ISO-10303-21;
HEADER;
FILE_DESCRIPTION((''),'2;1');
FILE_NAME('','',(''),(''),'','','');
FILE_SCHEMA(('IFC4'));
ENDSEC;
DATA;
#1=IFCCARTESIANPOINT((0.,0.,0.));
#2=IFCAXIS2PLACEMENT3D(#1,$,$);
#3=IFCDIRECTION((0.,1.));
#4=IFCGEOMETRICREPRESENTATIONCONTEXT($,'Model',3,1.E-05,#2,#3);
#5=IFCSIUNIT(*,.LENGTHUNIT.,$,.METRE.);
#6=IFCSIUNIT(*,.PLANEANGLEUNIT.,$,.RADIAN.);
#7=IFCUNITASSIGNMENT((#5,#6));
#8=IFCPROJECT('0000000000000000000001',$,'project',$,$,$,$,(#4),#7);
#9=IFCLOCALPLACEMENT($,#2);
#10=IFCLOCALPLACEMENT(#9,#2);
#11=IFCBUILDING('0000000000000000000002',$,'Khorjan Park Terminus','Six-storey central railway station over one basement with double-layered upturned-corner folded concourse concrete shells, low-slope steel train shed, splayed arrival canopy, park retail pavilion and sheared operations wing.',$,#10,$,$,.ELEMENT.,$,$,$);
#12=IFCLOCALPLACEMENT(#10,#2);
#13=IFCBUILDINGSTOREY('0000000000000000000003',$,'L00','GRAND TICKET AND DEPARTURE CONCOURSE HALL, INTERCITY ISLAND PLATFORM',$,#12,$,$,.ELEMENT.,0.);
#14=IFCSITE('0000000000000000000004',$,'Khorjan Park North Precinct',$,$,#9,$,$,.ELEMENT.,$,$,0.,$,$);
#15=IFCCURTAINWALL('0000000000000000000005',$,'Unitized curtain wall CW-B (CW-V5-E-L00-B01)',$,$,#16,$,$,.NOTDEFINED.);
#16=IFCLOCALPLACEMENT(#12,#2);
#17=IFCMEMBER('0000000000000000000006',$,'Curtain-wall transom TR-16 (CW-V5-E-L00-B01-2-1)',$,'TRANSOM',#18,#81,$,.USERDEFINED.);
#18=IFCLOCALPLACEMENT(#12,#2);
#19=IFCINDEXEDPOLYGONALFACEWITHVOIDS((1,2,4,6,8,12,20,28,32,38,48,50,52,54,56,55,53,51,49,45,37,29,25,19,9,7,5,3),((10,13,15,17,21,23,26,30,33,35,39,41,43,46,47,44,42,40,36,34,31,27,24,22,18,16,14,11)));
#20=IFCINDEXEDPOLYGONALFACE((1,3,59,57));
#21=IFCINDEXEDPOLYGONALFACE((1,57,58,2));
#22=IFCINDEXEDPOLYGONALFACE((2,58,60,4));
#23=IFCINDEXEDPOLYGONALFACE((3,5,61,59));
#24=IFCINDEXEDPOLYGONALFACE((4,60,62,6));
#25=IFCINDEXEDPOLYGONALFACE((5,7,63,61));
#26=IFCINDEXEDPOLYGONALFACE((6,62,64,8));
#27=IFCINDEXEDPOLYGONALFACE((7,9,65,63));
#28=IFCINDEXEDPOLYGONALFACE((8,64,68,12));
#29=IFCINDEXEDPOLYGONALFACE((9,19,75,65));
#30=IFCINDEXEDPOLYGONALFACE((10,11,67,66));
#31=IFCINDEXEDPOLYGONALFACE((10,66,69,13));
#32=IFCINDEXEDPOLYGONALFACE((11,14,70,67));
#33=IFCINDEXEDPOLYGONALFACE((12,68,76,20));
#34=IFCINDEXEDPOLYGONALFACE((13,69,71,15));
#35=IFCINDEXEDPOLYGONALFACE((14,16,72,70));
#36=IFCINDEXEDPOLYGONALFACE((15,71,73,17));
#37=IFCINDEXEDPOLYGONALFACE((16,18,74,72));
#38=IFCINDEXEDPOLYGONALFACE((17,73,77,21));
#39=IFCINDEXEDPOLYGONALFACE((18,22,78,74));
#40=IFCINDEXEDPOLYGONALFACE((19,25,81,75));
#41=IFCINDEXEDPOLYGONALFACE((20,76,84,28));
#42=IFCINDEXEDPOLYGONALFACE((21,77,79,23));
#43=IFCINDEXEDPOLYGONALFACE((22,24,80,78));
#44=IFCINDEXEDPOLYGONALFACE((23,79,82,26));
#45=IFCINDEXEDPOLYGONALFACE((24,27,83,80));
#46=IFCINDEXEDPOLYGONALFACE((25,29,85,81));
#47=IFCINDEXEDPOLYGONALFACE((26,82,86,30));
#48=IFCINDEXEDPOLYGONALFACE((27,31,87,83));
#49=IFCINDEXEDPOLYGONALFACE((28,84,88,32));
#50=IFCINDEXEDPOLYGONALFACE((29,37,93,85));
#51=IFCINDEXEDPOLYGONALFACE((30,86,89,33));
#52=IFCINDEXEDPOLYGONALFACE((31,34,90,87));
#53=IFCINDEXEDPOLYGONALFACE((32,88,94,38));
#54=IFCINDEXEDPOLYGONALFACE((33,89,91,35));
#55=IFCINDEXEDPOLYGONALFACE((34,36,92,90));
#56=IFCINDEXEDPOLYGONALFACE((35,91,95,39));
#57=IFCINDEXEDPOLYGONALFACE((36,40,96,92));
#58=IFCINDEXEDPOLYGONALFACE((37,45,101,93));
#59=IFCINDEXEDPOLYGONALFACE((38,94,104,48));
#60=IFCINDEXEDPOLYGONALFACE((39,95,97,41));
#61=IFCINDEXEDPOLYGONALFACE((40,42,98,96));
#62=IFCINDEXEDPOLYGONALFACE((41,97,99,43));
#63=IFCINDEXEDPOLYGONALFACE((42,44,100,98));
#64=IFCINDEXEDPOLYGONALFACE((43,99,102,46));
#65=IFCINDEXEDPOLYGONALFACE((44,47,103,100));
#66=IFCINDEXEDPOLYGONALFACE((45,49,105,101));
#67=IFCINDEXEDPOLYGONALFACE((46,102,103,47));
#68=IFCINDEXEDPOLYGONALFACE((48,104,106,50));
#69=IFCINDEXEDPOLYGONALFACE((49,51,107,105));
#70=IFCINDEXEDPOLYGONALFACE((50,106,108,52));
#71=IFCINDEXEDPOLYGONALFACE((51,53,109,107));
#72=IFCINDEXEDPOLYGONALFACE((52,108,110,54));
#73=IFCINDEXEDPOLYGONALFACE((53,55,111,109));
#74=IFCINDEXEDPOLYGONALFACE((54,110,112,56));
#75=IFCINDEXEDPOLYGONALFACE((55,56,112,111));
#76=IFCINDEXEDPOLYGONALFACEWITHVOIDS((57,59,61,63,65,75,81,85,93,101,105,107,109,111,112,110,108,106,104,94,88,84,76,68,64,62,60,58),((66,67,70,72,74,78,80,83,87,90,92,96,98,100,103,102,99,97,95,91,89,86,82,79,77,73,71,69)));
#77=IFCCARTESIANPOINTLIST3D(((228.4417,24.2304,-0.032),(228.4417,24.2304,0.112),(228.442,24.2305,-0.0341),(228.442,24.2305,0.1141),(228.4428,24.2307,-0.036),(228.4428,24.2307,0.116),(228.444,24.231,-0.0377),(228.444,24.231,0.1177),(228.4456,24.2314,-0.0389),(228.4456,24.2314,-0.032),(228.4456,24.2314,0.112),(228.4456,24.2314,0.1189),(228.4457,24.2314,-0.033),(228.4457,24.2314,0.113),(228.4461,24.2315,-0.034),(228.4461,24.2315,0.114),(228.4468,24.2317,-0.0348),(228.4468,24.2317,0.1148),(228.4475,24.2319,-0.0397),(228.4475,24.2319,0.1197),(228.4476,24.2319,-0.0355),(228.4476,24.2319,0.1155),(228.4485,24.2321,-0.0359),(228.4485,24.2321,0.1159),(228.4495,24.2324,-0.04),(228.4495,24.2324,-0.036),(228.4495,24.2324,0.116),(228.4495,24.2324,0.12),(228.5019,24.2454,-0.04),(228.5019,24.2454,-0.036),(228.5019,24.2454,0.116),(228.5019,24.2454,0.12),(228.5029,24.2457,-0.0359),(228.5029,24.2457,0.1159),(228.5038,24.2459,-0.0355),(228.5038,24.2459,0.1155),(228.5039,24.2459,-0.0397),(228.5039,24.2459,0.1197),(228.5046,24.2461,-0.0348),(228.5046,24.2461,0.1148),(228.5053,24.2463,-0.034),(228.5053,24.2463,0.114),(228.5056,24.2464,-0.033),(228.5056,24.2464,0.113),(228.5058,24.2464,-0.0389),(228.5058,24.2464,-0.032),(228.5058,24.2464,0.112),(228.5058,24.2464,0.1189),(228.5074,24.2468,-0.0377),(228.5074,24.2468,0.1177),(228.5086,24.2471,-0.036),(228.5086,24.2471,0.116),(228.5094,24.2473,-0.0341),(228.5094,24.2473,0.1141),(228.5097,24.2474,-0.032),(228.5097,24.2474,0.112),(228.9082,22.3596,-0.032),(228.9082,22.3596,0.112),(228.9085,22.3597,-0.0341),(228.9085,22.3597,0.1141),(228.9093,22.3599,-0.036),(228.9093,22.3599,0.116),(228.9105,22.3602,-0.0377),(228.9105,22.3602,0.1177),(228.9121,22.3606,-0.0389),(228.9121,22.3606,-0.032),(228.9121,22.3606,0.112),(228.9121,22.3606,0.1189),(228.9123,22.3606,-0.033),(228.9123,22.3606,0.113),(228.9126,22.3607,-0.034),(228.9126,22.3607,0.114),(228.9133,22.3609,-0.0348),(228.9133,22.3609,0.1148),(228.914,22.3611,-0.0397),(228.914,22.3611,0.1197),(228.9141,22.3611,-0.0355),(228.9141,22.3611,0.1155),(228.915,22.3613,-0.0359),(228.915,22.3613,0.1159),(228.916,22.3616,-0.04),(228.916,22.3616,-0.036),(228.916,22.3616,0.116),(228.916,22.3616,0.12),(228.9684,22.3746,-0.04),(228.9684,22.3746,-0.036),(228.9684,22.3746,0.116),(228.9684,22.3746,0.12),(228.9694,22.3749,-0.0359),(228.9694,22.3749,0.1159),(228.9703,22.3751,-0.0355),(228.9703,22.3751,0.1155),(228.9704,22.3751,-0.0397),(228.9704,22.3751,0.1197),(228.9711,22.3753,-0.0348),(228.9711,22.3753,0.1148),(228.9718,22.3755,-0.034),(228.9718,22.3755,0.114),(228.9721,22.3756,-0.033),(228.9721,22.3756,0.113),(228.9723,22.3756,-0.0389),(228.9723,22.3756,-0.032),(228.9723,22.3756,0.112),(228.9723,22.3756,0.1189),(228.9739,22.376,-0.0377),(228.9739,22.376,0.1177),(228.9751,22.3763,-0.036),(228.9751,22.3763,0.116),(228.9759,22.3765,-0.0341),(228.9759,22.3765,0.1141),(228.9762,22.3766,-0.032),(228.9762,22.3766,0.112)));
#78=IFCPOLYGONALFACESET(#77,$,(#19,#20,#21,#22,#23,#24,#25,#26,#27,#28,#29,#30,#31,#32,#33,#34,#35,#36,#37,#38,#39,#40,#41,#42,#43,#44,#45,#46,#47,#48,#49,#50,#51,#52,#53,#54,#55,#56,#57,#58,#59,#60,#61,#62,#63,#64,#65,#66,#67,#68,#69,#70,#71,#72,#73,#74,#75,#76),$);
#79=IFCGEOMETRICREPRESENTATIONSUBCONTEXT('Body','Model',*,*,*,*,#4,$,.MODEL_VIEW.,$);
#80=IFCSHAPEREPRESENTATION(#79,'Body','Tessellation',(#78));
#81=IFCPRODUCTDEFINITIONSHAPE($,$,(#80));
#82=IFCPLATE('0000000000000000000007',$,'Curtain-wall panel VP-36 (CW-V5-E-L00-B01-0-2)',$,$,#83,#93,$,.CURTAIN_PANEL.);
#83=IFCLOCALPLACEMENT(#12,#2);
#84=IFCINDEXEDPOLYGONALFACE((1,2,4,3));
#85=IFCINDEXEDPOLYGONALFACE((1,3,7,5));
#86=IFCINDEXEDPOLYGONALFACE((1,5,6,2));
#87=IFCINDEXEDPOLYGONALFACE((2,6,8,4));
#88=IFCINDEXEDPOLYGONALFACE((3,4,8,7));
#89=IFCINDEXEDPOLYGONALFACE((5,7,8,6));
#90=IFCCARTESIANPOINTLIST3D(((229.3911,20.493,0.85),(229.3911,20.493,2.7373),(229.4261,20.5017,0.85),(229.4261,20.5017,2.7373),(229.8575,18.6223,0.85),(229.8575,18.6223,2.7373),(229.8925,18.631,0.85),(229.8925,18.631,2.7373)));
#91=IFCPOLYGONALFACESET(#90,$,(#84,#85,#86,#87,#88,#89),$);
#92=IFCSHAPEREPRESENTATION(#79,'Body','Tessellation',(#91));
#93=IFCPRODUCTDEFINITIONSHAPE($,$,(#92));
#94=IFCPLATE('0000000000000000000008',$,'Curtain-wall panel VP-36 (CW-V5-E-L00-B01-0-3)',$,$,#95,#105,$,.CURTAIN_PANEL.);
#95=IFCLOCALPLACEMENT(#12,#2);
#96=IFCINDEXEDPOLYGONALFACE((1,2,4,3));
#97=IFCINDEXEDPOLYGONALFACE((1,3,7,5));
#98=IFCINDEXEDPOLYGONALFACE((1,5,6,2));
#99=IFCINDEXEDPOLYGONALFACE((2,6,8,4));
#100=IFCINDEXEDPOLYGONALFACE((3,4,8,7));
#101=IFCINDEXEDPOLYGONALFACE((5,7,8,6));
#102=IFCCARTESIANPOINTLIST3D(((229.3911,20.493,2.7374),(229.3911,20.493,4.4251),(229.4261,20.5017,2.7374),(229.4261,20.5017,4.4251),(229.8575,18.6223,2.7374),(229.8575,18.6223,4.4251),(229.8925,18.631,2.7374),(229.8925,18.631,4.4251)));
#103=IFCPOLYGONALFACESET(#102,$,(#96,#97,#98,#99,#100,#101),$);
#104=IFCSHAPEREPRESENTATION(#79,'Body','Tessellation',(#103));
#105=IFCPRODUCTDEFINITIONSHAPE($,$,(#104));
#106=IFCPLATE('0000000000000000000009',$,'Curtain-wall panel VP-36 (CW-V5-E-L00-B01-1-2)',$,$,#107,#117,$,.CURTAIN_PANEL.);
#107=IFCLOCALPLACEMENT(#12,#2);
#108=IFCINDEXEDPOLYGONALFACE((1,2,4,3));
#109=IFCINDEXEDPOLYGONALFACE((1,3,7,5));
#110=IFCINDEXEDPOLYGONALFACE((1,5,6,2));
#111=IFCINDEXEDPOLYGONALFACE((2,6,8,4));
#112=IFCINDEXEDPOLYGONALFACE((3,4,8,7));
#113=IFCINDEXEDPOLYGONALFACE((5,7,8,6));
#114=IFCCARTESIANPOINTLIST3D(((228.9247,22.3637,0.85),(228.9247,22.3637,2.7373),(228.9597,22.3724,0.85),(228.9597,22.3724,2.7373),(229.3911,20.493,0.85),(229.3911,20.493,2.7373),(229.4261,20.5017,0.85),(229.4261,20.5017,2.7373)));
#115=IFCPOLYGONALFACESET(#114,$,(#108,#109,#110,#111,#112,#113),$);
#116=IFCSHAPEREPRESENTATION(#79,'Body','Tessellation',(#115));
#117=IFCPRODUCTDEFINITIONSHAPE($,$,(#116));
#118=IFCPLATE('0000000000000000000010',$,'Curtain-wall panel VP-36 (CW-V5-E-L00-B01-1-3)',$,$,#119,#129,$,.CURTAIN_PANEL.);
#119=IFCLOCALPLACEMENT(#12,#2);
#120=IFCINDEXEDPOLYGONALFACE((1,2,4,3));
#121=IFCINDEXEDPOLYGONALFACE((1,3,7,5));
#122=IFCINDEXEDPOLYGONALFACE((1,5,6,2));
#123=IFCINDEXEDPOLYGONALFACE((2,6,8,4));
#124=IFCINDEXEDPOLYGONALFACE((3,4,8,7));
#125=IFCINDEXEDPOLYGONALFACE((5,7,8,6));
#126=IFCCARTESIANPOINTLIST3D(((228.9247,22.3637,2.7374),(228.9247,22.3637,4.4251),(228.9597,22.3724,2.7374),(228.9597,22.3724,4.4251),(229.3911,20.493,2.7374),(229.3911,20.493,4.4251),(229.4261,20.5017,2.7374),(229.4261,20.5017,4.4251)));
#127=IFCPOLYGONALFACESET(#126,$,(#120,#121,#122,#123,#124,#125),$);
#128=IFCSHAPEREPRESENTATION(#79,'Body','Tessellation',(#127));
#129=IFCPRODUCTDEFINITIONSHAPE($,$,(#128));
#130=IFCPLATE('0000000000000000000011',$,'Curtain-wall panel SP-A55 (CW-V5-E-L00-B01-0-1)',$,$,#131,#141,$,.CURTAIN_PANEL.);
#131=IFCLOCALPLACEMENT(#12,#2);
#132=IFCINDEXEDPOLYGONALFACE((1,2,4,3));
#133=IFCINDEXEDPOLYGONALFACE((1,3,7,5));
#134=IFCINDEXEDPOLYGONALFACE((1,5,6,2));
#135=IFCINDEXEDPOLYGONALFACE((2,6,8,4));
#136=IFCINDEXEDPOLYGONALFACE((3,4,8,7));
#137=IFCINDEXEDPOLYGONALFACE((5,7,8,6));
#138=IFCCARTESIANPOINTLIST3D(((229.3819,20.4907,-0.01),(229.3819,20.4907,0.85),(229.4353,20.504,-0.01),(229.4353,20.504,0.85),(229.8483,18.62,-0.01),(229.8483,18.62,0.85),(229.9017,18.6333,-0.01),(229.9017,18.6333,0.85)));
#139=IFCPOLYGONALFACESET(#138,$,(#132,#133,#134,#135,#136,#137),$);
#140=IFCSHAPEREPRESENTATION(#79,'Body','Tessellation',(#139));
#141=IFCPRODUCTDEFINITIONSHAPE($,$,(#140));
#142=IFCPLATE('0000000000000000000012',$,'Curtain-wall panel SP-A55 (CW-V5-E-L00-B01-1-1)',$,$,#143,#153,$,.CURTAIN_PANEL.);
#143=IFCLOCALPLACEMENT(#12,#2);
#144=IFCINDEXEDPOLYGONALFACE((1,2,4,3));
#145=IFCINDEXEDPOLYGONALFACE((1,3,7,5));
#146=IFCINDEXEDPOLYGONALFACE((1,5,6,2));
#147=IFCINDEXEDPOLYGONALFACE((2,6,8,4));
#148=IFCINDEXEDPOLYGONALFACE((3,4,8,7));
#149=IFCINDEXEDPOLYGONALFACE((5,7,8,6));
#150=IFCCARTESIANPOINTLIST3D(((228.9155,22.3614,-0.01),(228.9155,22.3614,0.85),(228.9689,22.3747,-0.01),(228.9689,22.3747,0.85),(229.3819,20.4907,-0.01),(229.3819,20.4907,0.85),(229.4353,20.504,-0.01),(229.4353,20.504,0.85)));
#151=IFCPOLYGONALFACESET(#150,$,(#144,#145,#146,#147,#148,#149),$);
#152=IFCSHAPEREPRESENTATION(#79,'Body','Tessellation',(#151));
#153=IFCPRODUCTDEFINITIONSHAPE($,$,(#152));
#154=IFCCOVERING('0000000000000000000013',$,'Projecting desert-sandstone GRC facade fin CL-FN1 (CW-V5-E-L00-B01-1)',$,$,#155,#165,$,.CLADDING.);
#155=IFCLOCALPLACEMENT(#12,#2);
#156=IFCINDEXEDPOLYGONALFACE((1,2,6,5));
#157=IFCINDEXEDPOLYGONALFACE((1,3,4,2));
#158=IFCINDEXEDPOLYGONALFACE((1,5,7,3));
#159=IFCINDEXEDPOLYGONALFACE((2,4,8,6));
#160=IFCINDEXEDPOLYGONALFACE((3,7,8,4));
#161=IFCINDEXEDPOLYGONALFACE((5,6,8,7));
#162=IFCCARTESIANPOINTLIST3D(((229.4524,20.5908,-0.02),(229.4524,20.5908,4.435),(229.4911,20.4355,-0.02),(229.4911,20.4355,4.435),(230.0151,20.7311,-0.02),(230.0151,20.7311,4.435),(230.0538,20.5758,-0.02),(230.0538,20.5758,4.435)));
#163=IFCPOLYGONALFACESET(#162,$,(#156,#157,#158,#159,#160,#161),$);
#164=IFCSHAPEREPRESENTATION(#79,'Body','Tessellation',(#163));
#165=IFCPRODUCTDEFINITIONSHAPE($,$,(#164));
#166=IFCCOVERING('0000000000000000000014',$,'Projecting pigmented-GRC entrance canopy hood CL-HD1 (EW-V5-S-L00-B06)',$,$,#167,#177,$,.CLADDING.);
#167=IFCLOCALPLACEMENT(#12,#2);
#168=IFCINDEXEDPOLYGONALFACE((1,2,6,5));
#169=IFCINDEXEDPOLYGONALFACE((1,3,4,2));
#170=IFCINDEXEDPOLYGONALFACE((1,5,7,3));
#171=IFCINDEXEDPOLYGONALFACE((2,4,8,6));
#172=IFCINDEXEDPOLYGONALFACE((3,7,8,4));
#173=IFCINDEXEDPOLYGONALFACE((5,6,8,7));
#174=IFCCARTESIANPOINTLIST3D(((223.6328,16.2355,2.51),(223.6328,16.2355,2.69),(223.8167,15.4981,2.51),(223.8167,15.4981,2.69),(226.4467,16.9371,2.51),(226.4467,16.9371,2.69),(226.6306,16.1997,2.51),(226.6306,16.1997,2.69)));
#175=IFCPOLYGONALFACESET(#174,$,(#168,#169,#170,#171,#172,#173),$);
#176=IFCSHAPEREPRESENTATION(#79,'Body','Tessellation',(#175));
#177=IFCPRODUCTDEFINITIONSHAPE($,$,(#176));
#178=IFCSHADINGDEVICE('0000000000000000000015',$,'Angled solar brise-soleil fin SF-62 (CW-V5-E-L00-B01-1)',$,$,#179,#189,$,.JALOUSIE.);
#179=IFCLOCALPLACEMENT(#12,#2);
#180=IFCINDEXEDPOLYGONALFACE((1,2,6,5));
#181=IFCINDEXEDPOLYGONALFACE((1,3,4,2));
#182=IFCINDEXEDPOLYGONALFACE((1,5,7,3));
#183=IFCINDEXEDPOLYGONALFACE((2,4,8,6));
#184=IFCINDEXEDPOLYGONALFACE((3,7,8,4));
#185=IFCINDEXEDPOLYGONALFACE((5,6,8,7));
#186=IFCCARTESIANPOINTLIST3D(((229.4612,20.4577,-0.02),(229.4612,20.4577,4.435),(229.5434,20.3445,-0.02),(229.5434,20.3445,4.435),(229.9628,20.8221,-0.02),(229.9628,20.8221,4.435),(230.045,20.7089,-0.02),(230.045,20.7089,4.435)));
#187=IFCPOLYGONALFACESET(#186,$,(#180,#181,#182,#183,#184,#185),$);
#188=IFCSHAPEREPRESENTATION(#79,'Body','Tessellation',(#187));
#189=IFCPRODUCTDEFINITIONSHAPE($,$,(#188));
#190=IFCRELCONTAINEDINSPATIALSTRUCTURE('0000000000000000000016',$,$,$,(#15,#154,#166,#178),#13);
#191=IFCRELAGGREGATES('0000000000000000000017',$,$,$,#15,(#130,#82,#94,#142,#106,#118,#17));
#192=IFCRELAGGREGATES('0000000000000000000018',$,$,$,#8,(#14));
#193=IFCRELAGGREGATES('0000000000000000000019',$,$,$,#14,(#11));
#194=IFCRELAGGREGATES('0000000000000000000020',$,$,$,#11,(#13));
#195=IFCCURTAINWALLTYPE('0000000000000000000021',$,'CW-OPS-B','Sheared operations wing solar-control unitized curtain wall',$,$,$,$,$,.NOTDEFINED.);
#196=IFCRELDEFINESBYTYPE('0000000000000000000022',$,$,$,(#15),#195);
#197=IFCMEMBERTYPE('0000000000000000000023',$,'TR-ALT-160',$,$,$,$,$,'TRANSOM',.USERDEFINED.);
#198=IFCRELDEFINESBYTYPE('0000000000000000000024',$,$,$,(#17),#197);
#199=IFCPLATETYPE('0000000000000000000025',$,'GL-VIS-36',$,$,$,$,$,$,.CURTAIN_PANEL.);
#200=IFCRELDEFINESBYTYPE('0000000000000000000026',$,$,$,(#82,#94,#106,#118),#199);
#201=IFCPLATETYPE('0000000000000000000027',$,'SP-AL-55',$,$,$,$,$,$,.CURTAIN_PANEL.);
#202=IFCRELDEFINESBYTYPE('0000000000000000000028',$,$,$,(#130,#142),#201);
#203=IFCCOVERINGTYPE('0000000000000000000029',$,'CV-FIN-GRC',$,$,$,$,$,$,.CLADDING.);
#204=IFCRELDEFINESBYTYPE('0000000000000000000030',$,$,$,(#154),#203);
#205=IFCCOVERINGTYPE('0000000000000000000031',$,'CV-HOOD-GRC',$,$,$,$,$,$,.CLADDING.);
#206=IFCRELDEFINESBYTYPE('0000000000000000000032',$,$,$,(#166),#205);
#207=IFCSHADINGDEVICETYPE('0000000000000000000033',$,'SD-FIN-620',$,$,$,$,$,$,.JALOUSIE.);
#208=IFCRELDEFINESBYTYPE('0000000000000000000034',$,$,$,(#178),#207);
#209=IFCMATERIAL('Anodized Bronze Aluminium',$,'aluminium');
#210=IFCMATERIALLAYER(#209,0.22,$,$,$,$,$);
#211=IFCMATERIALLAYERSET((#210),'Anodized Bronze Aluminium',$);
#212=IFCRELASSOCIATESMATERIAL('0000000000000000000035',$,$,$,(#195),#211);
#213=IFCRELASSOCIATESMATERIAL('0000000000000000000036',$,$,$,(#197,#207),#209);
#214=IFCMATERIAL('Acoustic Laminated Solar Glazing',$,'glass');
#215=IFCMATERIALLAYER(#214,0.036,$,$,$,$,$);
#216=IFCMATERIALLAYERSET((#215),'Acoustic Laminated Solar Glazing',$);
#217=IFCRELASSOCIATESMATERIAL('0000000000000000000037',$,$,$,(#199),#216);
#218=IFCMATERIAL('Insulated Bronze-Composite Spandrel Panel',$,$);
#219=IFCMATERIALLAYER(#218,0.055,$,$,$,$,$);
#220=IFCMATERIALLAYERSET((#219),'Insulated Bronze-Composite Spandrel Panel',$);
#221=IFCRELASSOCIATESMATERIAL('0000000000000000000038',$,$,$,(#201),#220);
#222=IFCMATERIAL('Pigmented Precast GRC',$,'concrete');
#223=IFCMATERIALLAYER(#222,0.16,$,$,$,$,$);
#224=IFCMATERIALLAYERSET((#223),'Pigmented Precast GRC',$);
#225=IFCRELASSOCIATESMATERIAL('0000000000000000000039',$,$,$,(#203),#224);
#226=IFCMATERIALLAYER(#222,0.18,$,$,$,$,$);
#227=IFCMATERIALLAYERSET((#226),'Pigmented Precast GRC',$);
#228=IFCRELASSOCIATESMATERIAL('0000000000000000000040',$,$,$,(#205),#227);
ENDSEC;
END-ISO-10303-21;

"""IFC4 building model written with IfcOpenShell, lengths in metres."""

from ifc_helpers import new_model, si_unit, direction, frame, origin, origin_2d, place, context, subcontext, project, spatial, rectangle, hollow_rectangle, extrude, material, layer, layer_set, material_profile, profile_set, type_object, element, aggregate, save


model = new_model("IFC4")

# Units and contexts
model_context = context("Model", 3, precision=1e-05, world=origin(), true_north=direction((0.0, 1.0)))
body_context = subcontext(model_context, "Body", "Model", "MODEL_VIEW")
ifc_project = project(units=[si_unit("LENGTHUNIT", "METRE"), si_unit("PLANEANGLEUNIT", "RADIAN")], contexts=[model_context])

# Site, building, storey
site_placement = place(None, origin())
site = spatial("IfcSite", under=ifc_project, at=site_placement, Name="Khorjan Park North Precinct", CompositionType="ELEMENT", RefElevation=0.0)
building_placement = place(site_placement, origin())
building = spatial("IfcBuilding", under=site, at=building_placement, Name="Khorjan Park Terminus", Description="Six-storey central railway station over one basement with double-layered upturned-corner folded concourse concrete shells, low-slope steel train shed, splayed arrival canopy, park retail pavilion and sheared operations wing.", CompositionType="ELEMENT")
storey_placement = place(building_placement, origin())
storey = spatial("IfcBuildingStorey", under=building, at=storey_placement, Name="L00", Description="GRAND TICKET AND DEPARTURE CONCOURSE HALL, INTERCITY ISLAND PLATFORM", CompositionType="ELEMENT", Elevation=0.0)

# Curtain wall, member, plates
ifc_material_1 = material(Name="Anodized Bronze Aluminium", Category="aluminium")
ifc_layer_1 = layer(ifc_material_1, 0.22)
ifc_layer_set_1 = layer_set([ifc_layer_1], Name="Anodized Bronze Aluminium")
curtain_wall_type = type_object("IfcCurtainWallType", Name="CW-OPS-B", Description="Sheared operations wing solar-control unitized curtain wall", PredefinedType="NOTDEFINED", material=ifc_layer_set_1)
curtain_wall_placement = place(storey_placement, origin())
curtain_wall = element("IfcCurtainWall", 1, at=curtain_wall_placement, inside=storey, type_object=curtain_wall_type, Name="Unitized curtain wall CW-B (CW-V5-E-L00-B01)", PredefinedType="NOTDEFINED")
ifc_material_profile_1 = material_profile(ifc_material_1, hollow_rectangle(XDim=0.07, YDim=0.16, WallThickness=0.004, InnerFilletRadius=0.004, OuterFilletRadius=0.008, at=origin_2d()), Name="ALT 70x160x4")
ifc_profile_set_1 = profile_set([ifc_material_profile_1], Name="Anodized Bronze Aluminium")
member_type_1 = type_object("IfcMemberType", Name="TR-ALT-160", ElementType="TRANSOM", PredefinedType="USERDEFINED", material=ifc_profile_set_1)
member_1_placement = place(storey_placement, frame((228.9422, 22.3681, 0.04), z_axis=(-0.24195, 0.970289, 0.0), x_axis=(-0.970289, -0.24195, 0.0)))
member_1 = element("IfcMember", 2, at=member_1_placement, type_object=member_type_1, Name="Curtain-wall transom TR-16 (CW-V5-E-L00-B01-2-1)", ObjectType="TRANSOM", PredefinedType="USERDEFINED", context=body_context, shape_type="SweptSolid", body=[
    extrude(hollow_rectangle(XDim=0.07, YDim=0.16, WallThickness=0.004, InnerFilletRadius=0.004, OuterFilletRadius=0.008, at=origin_2d()), origin(), (0.0, 0.0, 1.0), 1.9281),
])
ifc_material_2 = material(Name="Acoustic Laminated Solar Glazing", Category="glass")
ifc_layer_2 = layer(ifc_material_2, 0.036)
ifc_layer_set_2 = layer_set([ifc_layer_2], Name="Acoustic Laminated Solar Glazing")
plate_type_1 = type_object("IfcPlateType", Name="GL-VIS-36", PredefinedType="CURTAIN_PANEL", material=ifc_layer_set_2)
plate_1_placement = place(storey_placement, frame((229.6418, 19.562, 0.85), z_axis=(0.0, 0.0, 1.0), x_axis=(-0.24192, 0.970296, 0.0)))
plate_1 = element("IfcPlate", 3, at=plate_1_placement, type_object=plate_type_1, Name="Curtain-wall panel VP-36 (CW-V5-E-L00-B01-0-2)", PredefinedType="CURTAIN_PANEL", context=body_context, shape_type="SweptSolid", body=[
    extrude(rectangle(XDim=1.928, YDim=0.036, at=origin_2d()), origin(), (0.0, 0.0, 1.0), 1.8873),
])
plate_2_placement = place(storey_placement, frame((229.6418, 19.562, 2.7374), z_axis=(0.0, 0.0, 1.0), x_axis=(-0.24192, 0.970296, 0.0)))
plate_2 = element("IfcPlate", 4, at=plate_2_placement, type_object=plate_type_1, Name="Curtain-wall panel VP-36 (CW-V5-E-L00-B01-0-3)", PredefinedType="CURTAIN_PANEL", context=body_context, shape_type="SweptSolid", body=[
    extrude(rectangle(XDim=1.928, YDim=0.036, at=origin_2d()), origin(), (0.0, 0.0, 1.0), 1.6877),
])
plate_3_placement = place(storey_placement, frame((229.1754, 21.4327, 0.85), z_axis=(0.0, 0.0, 1.0), x_axis=(-0.24192, 0.970296, 0.0)))
plate_3 = element("IfcPlate", 5, at=plate_3_placement, type_object=plate_type_1, Name="Curtain-wall panel VP-36 (CW-V5-E-L00-B01-1-2)", PredefinedType="CURTAIN_PANEL", context=body_context, shape_type="SweptSolid", body=[
    extrude(rectangle(XDim=1.928, YDim=0.036, at=origin_2d()), origin(), (0.0, 0.0, 1.0), 1.8873),
])
plate_4_placement = place(storey_placement, frame((229.1754, 21.4327, 2.7374), z_axis=(0.0, 0.0, 1.0), x_axis=(-0.24192, 0.970296, 0.0)))
plate_4 = element("IfcPlate", 6, at=plate_4_placement, type_object=plate_type_1, Name="Curtain-wall panel VP-36 (CW-V5-E-L00-B01-1-3)", PredefinedType="CURTAIN_PANEL", context=body_context, shape_type="SweptSolid", body=[
    extrude(rectangle(XDim=1.928, YDim=0.036, at=origin_2d()), origin(), (0.0, 0.0, 1.0), 1.6877),
])
ifc_material_3 = material(Name="Insulated Bronze-Composite Spandrel Panel")
ifc_layer_3 = layer(ifc_material_3, 0.055)
ifc_layer_set_3 = layer_set([ifc_layer_3], Name="Insulated Bronze-Composite Spandrel Panel")
plate_type_2 = type_object("IfcPlateType", Name="SP-AL-55", PredefinedType="CURTAIN_PANEL", material=ifc_layer_set_3)
plate_5_placement = place(storey_placement, frame((229.6418, 19.562, -0.01), z_axis=(0.0, 0.0, 1.0), x_axis=(-0.24192, 0.970296, 0.0)))
plate_5 = element("IfcPlate", 7, at=plate_5_placement, type_object=plate_type_2, Name="Curtain-wall panel SP-A55 (CW-V5-E-L00-B01-0-1)", PredefinedType="CURTAIN_PANEL", context=body_context, shape_type="SweptSolid", body=[
    extrude(rectangle(XDim=1.928, YDim=0.055, at=origin_2d()), origin(), (0.0, 0.0, 1.0), 0.86),
])
plate_6_placement = place(storey_placement, frame((229.1754, 21.4327, -0.01), z_axis=(0.0, 0.0, 1.0), x_axis=(-0.24192, 0.970296, 0.0)))
plate_6 = element("IfcPlate", 8, at=plate_6_placement, type_object=plate_type_2, Name="Curtain-wall panel SP-A55 (CW-V5-E-L00-B01-1-1)", PredefinedType="CURTAIN_PANEL", context=body_context, shape_type="SweptSolid", body=[
    extrude(rectangle(XDim=1.928, YDim=0.055, at=origin_2d()), origin(), (0.0, 0.0, 1.0), 0.86),
])
aggregate(curtain_wall, [plate_5, plate_1, plate_2, plate_6, plate_3, plate_4, member_1])

# Coverings
ifc_material_4 = material(Name="Pigmented Precast GRC", Category="concrete")
ifc_layer_4 = layer(ifc_material_4, 0.16)
ifc_layer_set_4 = layer_set([ifc_layer_4], Name="Pigmented Precast GRC")
covering_type_1 = type_object("IfcCoveringType", Name="CV-FIN-GRC", PredefinedType="CLADDING", material=ifc_layer_set_4)
covering_1_placement = place(storey_placement, frame((229.7531, 20.5833, -0.02), z_axis=(0.0, 0.0, 1.0), x_axis=(-0.970296, -0.241922, 0.0)))
element("IfcCovering", 9, at=covering_1_placement, inside=storey, type_object=covering_type_1, Name="Projecting desert-sandstone GRC facade fin CL-FN1 (CW-V5-E-L00-B01-1)", PredefinedType="CLADDING", context=body_context, shape_type="SweptSolid", body=[
    extrude(rectangle(XDim=0.58, YDim=0.16, at=origin_2d()), origin(), (0.0, 0.0, 1.0), 4.455),
])
ifc_layer_5 = layer(ifc_material_4, 0.18)
ifc_layer_set_5 = layer_set([ifc_layer_5], Name="Pigmented Precast GRC")
covering_type_2 = type_object("IfcCoveringType", Name="CV-HOOD-GRC", PredefinedType="CLADDING", material=ifc_layer_set_5)
covering_2_placement = place(storey_placement, frame((225.1317, 16.2176, 2.51), z_axis=(0.0, 0.0, 1.0), x_axis=(0.970298, 0.241912, 0.0)))
element("IfcCovering", 10, at=covering_2_placement, inside=storey, type_object=covering_type_2, Name="Projecting pigmented-GRC entrance canopy hood CL-HD1 (EW-V5-S-L00-B06)", PredefinedType="CLADDING", context=body_context, shape_type="SweptSolid", body=[
    extrude(rectangle(XDim=2.9, YDim=0.76, at=origin_2d()), origin(), (0.0, 0.0, 1.0), 0.18),
])

# Shading device
shading_device_type = type_object("IfcShadingDeviceType", Name="SD-FIN-620", PredefinedType="JALOUSIE", material=ifc_material_1)
shading_device_placement = place(storey_placement, frame((229.7531, 20.5833, -0.02), z_axis=(0.0, 0.0, 1.0), x_axis=(-0.809017, -0.587785, 0.0)))
element("IfcShadingDevice", 11, at=shading_device_placement, inside=storey, type_object=shading_device_type, Name="Angled solar brise-soleil fin SF-62 (CW-V5-E-L00-B01-1)", PredefinedType="JALOUSIE", context=body_context, shape_type="SweptSolid", body=[
    extrude(rectangle(XDim=0.62, YDim=0.14, at=origin_2d()), origin(), (0.0, 0.0, 1.0), 4.455),
])

save(model, "model.ifc")
